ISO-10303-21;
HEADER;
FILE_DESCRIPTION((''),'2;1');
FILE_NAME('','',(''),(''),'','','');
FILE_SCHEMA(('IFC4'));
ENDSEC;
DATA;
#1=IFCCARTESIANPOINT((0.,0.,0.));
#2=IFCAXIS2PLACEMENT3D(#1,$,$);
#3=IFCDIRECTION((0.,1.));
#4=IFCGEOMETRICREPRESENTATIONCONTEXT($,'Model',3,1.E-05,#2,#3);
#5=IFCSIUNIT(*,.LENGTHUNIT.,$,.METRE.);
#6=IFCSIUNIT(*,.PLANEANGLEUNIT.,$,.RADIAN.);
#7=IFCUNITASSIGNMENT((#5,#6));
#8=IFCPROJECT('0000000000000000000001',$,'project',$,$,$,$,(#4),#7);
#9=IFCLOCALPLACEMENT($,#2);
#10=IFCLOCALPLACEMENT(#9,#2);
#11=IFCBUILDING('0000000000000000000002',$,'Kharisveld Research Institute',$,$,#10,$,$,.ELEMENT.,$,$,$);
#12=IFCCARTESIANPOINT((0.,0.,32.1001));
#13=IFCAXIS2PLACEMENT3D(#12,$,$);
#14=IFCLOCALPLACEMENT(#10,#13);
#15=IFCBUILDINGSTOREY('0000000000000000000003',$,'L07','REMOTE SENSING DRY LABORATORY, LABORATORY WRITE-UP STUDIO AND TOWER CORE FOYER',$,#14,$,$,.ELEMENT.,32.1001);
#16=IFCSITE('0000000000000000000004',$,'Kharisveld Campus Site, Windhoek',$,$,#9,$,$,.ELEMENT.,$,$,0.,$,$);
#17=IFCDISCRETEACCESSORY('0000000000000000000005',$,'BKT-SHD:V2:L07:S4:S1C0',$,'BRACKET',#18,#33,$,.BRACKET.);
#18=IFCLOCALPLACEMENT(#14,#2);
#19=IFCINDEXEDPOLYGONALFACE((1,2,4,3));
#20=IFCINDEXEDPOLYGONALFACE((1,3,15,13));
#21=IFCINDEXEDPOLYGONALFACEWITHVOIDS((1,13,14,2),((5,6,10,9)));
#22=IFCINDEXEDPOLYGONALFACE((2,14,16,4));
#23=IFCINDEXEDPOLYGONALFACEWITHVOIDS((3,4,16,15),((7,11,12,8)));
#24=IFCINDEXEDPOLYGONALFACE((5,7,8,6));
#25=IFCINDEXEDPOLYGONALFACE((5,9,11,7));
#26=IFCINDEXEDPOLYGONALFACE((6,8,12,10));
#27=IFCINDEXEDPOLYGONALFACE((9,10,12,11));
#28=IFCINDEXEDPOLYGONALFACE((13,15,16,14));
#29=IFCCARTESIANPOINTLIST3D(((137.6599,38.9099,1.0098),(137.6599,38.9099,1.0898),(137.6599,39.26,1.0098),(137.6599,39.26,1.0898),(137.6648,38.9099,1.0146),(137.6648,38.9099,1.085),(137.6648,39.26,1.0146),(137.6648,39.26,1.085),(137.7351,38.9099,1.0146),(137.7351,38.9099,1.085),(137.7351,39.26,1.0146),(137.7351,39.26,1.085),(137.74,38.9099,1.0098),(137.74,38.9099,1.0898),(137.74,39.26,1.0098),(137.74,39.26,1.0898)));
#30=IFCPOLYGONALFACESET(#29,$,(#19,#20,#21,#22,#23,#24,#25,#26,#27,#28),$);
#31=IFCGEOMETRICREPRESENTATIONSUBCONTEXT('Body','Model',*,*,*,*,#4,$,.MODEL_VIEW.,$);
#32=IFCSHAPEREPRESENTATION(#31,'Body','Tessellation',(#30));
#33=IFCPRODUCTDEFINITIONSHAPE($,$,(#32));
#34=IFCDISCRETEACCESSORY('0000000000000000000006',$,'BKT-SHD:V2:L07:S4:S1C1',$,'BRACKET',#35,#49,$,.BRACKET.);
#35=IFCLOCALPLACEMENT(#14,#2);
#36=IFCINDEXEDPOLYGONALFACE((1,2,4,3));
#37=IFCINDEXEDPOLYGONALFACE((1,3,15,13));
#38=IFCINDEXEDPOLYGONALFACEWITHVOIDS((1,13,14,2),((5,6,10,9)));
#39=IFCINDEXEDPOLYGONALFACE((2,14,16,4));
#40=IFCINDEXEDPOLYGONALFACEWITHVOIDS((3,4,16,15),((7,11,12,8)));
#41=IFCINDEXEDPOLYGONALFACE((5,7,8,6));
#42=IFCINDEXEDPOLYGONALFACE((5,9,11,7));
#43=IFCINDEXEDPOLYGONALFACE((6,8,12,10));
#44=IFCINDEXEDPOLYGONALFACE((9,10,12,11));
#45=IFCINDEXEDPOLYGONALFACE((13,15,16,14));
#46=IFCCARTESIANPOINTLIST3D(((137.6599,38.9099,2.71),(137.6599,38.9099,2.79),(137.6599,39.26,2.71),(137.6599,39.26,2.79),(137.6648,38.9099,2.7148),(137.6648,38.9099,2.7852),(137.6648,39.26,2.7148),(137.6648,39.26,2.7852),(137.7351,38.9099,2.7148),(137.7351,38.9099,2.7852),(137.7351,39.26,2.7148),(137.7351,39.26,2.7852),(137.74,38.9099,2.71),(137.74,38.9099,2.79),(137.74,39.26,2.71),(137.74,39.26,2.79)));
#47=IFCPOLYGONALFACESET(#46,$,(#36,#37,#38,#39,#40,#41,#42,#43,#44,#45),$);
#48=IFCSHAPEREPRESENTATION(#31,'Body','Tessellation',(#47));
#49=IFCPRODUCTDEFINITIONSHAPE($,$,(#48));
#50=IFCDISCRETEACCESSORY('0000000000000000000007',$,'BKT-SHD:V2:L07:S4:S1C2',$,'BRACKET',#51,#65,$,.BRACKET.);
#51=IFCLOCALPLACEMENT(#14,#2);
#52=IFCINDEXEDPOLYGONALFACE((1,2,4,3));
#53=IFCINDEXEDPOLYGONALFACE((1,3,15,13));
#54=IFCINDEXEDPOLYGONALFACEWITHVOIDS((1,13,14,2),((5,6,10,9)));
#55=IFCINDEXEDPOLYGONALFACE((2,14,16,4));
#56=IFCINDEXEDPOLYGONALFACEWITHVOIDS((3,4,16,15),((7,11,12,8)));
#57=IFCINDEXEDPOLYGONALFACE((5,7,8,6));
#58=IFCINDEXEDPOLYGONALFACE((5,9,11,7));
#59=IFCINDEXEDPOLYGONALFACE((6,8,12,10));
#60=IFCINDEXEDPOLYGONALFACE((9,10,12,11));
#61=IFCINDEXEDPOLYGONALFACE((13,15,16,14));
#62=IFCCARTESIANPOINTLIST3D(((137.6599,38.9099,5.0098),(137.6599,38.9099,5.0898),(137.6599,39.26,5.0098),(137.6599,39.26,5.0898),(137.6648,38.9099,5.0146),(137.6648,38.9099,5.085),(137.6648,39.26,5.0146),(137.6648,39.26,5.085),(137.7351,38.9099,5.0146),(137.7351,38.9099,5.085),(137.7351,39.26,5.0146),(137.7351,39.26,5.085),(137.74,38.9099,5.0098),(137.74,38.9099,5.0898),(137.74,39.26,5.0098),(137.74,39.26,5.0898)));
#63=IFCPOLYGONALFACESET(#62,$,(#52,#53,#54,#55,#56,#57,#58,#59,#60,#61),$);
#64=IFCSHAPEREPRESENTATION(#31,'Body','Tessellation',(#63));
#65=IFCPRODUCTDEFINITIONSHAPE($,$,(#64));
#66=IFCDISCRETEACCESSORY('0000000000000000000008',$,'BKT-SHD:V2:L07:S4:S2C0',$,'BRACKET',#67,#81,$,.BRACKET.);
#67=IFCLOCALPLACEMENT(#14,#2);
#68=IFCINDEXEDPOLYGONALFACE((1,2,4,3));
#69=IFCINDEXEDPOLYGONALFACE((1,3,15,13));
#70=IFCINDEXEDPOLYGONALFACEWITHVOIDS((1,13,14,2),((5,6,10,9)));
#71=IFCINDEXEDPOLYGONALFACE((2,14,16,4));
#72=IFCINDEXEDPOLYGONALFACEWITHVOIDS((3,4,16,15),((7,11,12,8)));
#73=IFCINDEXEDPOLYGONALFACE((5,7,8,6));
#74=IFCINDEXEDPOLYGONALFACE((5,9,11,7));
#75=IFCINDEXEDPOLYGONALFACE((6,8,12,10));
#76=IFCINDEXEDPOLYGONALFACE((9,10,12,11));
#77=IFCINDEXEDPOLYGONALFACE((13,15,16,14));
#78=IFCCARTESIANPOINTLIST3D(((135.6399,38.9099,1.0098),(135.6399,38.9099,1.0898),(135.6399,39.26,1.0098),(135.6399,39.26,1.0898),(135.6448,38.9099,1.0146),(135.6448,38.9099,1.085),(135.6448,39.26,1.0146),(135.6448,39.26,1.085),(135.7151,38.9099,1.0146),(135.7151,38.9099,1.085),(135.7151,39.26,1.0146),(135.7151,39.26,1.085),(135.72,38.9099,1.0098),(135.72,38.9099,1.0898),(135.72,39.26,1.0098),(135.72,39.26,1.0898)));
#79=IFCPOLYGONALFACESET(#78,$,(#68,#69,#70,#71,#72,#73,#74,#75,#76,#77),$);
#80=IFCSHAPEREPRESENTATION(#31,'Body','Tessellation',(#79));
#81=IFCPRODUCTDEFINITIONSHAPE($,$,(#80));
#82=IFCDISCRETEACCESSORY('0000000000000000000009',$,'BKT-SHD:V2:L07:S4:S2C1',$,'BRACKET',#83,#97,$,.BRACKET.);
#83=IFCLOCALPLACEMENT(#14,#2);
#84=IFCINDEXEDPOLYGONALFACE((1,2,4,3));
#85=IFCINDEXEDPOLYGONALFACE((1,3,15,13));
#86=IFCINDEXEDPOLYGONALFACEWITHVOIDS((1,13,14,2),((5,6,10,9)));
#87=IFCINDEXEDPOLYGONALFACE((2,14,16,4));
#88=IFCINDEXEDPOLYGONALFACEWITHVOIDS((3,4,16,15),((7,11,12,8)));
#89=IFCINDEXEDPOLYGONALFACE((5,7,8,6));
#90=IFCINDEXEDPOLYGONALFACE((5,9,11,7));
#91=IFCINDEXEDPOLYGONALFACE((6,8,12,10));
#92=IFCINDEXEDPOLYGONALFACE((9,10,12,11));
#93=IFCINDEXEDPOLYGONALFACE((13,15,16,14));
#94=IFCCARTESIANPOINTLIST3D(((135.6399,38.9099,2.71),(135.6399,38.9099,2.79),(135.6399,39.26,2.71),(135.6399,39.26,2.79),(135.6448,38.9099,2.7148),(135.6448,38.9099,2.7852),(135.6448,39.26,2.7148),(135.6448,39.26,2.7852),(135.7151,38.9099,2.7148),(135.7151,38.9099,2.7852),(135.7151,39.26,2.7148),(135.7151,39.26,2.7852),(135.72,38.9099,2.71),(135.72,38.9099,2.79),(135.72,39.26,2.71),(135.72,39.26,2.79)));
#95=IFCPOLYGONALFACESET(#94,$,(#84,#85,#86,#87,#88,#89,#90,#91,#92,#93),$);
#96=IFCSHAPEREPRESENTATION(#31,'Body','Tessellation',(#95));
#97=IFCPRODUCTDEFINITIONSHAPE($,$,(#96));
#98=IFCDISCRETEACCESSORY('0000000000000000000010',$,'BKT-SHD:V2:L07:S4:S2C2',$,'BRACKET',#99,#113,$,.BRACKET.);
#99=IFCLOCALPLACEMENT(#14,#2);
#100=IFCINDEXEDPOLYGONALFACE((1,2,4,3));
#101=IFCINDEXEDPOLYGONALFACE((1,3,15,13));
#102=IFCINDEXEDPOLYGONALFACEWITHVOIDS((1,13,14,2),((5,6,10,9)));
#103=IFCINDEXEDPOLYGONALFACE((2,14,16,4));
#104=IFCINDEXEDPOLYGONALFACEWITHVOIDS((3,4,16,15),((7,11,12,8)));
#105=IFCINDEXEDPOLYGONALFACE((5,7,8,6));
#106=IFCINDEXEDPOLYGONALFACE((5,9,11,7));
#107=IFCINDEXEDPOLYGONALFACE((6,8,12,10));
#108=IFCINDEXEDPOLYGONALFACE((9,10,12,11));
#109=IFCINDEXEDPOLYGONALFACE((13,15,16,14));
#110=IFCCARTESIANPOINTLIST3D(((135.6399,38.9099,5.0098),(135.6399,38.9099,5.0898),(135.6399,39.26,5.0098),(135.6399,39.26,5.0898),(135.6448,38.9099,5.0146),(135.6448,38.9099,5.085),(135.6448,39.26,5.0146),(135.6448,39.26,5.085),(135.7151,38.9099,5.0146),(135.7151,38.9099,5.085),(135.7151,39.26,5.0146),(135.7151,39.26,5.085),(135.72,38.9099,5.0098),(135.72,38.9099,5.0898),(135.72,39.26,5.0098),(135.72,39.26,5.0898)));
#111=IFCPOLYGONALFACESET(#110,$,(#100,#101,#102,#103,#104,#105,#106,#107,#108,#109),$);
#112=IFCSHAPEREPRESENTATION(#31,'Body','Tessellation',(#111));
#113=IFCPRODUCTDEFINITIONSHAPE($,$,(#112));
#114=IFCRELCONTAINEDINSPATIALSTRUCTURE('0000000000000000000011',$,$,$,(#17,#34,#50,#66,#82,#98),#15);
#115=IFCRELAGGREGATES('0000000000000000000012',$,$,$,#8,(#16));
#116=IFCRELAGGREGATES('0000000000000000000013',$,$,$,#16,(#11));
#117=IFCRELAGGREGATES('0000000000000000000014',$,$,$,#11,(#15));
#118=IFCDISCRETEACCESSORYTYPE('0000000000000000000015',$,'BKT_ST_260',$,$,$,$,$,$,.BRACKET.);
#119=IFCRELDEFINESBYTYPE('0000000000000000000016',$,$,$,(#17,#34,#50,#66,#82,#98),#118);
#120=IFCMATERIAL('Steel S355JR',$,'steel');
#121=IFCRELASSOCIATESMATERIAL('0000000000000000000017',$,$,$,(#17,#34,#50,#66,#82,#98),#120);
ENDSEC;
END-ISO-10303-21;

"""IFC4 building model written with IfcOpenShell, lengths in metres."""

from ifc_helpers import new_model, si_unit, direction, frame, origin, origin_2d, place, context, subcontext, project, spatial, hollow_rectangle, extrude, material, type_object, element, save


model = new_model("IFC4")

# Units and contexts
model_context = context("Model", 3, precision=1e-05, world=origin(), true_north=direction((0.0, 1.0)))
body_context = subcontext(model_context, "Body", "Model", "MODEL_VIEW")
ifc_project = project(units=[si_unit("LENGTHUNIT", "METRE"), si_unit("PLANEANGLEUNIT", "RADIAN")], contexts=[model_context])

# Site, building, storey
site_placement = place(None, origin())
site = spatial("IfcSite", under=ifc_project, at=site_placement, Name="Kharisveld Campus Site, Windhoek", CompositionType="ELEMENT", RefElevation=0.0)
building_placement = place(site_placement, origin())
building = spatial("IfcBuilding", under=site, at=building_placement, Name="Kharisveld Research Institute", CompositionType="ELEMENT")
storey_placement = place(building_placement, frame((0.0, 0.0, 32.1001)))
storey = spatial("IfcBuildingStorey", under=building, at=storey_placement, Name="L07", Description="REMOTE SENSING DRY LABORATORY, LABORATORY WRITE-UP STUDIO AND TOWER CORE FOYER", CompositionType="ELEMENT", Elevation=32.1001)

# Discrete accessories
ifc_material_1 = material(Name="Steel S355JR", Category="steel")
discrete_accessory_type = type_object("IfcDiscreteAccessoryType", Name="BKT_ST_260", PredefinedType="BRACKET")
for number, where, z_axis, x_axis, name in (
    (1, (137.7, 39.26, 1.0498), (0.0, -1.0, 0.0), (1.0, 0.0, 0.0), "BKT-SHD:V2:L07:S4:S1C0"),
    (2, (137.7, 39.26, 2.75), (0.0, -1.0, 0.0), (1.0, 0.0, 0.0), "BKT-SHD:V2:L07:S4:S1C1"),
    (3, (137.7, 39.26, 5.0498), (0.0, -1.0, 0.0), (1.0, 0.0, 0.0), "BKT-SHD:V2:L07:S4:S1C2"),
    (4, (135.6799, 39.26, 1.0498), (0.0, -1.0, 0.0), (1.0, 0.0, 0.0), "BKT-SHD:V2:L07:S4:S2C0"),
    (5, (135.6799, 39.26, 2.75), (0.0, -1.0, 0.0), (1.0, 0.0, 0.0), "BKT-SHD:V2:L07:S4:S2C1"),
    (6, (135.6799, 39.26, 5.0498), (0.0, -1.0, 0.0), (1.0, 0.0, 0.0), "BKT-SHD:V2:L07:S4:S2C2"),
):
    element("IfcDiscreteAccessory", number, at=place(storey_placement, frame(where, z_axis=z_axis, x_axis=x_axis)), inside=storey, type_object=discrete_accessory_type, material=ifc_material_1, Name=name, ObjectType="BRACKET", PredefinedType="BRACKET", context=body_context, shape_type="SweptSolid", body=[
        extrude(hollow_rectangle(XDim=0.0801, YDim=0.0801, WallThickness=0.0049, at=origin_2d()), origin(), (0.0, 0.0, 1.0), 0.3501),
    ])

save(model, "model.ifc")
